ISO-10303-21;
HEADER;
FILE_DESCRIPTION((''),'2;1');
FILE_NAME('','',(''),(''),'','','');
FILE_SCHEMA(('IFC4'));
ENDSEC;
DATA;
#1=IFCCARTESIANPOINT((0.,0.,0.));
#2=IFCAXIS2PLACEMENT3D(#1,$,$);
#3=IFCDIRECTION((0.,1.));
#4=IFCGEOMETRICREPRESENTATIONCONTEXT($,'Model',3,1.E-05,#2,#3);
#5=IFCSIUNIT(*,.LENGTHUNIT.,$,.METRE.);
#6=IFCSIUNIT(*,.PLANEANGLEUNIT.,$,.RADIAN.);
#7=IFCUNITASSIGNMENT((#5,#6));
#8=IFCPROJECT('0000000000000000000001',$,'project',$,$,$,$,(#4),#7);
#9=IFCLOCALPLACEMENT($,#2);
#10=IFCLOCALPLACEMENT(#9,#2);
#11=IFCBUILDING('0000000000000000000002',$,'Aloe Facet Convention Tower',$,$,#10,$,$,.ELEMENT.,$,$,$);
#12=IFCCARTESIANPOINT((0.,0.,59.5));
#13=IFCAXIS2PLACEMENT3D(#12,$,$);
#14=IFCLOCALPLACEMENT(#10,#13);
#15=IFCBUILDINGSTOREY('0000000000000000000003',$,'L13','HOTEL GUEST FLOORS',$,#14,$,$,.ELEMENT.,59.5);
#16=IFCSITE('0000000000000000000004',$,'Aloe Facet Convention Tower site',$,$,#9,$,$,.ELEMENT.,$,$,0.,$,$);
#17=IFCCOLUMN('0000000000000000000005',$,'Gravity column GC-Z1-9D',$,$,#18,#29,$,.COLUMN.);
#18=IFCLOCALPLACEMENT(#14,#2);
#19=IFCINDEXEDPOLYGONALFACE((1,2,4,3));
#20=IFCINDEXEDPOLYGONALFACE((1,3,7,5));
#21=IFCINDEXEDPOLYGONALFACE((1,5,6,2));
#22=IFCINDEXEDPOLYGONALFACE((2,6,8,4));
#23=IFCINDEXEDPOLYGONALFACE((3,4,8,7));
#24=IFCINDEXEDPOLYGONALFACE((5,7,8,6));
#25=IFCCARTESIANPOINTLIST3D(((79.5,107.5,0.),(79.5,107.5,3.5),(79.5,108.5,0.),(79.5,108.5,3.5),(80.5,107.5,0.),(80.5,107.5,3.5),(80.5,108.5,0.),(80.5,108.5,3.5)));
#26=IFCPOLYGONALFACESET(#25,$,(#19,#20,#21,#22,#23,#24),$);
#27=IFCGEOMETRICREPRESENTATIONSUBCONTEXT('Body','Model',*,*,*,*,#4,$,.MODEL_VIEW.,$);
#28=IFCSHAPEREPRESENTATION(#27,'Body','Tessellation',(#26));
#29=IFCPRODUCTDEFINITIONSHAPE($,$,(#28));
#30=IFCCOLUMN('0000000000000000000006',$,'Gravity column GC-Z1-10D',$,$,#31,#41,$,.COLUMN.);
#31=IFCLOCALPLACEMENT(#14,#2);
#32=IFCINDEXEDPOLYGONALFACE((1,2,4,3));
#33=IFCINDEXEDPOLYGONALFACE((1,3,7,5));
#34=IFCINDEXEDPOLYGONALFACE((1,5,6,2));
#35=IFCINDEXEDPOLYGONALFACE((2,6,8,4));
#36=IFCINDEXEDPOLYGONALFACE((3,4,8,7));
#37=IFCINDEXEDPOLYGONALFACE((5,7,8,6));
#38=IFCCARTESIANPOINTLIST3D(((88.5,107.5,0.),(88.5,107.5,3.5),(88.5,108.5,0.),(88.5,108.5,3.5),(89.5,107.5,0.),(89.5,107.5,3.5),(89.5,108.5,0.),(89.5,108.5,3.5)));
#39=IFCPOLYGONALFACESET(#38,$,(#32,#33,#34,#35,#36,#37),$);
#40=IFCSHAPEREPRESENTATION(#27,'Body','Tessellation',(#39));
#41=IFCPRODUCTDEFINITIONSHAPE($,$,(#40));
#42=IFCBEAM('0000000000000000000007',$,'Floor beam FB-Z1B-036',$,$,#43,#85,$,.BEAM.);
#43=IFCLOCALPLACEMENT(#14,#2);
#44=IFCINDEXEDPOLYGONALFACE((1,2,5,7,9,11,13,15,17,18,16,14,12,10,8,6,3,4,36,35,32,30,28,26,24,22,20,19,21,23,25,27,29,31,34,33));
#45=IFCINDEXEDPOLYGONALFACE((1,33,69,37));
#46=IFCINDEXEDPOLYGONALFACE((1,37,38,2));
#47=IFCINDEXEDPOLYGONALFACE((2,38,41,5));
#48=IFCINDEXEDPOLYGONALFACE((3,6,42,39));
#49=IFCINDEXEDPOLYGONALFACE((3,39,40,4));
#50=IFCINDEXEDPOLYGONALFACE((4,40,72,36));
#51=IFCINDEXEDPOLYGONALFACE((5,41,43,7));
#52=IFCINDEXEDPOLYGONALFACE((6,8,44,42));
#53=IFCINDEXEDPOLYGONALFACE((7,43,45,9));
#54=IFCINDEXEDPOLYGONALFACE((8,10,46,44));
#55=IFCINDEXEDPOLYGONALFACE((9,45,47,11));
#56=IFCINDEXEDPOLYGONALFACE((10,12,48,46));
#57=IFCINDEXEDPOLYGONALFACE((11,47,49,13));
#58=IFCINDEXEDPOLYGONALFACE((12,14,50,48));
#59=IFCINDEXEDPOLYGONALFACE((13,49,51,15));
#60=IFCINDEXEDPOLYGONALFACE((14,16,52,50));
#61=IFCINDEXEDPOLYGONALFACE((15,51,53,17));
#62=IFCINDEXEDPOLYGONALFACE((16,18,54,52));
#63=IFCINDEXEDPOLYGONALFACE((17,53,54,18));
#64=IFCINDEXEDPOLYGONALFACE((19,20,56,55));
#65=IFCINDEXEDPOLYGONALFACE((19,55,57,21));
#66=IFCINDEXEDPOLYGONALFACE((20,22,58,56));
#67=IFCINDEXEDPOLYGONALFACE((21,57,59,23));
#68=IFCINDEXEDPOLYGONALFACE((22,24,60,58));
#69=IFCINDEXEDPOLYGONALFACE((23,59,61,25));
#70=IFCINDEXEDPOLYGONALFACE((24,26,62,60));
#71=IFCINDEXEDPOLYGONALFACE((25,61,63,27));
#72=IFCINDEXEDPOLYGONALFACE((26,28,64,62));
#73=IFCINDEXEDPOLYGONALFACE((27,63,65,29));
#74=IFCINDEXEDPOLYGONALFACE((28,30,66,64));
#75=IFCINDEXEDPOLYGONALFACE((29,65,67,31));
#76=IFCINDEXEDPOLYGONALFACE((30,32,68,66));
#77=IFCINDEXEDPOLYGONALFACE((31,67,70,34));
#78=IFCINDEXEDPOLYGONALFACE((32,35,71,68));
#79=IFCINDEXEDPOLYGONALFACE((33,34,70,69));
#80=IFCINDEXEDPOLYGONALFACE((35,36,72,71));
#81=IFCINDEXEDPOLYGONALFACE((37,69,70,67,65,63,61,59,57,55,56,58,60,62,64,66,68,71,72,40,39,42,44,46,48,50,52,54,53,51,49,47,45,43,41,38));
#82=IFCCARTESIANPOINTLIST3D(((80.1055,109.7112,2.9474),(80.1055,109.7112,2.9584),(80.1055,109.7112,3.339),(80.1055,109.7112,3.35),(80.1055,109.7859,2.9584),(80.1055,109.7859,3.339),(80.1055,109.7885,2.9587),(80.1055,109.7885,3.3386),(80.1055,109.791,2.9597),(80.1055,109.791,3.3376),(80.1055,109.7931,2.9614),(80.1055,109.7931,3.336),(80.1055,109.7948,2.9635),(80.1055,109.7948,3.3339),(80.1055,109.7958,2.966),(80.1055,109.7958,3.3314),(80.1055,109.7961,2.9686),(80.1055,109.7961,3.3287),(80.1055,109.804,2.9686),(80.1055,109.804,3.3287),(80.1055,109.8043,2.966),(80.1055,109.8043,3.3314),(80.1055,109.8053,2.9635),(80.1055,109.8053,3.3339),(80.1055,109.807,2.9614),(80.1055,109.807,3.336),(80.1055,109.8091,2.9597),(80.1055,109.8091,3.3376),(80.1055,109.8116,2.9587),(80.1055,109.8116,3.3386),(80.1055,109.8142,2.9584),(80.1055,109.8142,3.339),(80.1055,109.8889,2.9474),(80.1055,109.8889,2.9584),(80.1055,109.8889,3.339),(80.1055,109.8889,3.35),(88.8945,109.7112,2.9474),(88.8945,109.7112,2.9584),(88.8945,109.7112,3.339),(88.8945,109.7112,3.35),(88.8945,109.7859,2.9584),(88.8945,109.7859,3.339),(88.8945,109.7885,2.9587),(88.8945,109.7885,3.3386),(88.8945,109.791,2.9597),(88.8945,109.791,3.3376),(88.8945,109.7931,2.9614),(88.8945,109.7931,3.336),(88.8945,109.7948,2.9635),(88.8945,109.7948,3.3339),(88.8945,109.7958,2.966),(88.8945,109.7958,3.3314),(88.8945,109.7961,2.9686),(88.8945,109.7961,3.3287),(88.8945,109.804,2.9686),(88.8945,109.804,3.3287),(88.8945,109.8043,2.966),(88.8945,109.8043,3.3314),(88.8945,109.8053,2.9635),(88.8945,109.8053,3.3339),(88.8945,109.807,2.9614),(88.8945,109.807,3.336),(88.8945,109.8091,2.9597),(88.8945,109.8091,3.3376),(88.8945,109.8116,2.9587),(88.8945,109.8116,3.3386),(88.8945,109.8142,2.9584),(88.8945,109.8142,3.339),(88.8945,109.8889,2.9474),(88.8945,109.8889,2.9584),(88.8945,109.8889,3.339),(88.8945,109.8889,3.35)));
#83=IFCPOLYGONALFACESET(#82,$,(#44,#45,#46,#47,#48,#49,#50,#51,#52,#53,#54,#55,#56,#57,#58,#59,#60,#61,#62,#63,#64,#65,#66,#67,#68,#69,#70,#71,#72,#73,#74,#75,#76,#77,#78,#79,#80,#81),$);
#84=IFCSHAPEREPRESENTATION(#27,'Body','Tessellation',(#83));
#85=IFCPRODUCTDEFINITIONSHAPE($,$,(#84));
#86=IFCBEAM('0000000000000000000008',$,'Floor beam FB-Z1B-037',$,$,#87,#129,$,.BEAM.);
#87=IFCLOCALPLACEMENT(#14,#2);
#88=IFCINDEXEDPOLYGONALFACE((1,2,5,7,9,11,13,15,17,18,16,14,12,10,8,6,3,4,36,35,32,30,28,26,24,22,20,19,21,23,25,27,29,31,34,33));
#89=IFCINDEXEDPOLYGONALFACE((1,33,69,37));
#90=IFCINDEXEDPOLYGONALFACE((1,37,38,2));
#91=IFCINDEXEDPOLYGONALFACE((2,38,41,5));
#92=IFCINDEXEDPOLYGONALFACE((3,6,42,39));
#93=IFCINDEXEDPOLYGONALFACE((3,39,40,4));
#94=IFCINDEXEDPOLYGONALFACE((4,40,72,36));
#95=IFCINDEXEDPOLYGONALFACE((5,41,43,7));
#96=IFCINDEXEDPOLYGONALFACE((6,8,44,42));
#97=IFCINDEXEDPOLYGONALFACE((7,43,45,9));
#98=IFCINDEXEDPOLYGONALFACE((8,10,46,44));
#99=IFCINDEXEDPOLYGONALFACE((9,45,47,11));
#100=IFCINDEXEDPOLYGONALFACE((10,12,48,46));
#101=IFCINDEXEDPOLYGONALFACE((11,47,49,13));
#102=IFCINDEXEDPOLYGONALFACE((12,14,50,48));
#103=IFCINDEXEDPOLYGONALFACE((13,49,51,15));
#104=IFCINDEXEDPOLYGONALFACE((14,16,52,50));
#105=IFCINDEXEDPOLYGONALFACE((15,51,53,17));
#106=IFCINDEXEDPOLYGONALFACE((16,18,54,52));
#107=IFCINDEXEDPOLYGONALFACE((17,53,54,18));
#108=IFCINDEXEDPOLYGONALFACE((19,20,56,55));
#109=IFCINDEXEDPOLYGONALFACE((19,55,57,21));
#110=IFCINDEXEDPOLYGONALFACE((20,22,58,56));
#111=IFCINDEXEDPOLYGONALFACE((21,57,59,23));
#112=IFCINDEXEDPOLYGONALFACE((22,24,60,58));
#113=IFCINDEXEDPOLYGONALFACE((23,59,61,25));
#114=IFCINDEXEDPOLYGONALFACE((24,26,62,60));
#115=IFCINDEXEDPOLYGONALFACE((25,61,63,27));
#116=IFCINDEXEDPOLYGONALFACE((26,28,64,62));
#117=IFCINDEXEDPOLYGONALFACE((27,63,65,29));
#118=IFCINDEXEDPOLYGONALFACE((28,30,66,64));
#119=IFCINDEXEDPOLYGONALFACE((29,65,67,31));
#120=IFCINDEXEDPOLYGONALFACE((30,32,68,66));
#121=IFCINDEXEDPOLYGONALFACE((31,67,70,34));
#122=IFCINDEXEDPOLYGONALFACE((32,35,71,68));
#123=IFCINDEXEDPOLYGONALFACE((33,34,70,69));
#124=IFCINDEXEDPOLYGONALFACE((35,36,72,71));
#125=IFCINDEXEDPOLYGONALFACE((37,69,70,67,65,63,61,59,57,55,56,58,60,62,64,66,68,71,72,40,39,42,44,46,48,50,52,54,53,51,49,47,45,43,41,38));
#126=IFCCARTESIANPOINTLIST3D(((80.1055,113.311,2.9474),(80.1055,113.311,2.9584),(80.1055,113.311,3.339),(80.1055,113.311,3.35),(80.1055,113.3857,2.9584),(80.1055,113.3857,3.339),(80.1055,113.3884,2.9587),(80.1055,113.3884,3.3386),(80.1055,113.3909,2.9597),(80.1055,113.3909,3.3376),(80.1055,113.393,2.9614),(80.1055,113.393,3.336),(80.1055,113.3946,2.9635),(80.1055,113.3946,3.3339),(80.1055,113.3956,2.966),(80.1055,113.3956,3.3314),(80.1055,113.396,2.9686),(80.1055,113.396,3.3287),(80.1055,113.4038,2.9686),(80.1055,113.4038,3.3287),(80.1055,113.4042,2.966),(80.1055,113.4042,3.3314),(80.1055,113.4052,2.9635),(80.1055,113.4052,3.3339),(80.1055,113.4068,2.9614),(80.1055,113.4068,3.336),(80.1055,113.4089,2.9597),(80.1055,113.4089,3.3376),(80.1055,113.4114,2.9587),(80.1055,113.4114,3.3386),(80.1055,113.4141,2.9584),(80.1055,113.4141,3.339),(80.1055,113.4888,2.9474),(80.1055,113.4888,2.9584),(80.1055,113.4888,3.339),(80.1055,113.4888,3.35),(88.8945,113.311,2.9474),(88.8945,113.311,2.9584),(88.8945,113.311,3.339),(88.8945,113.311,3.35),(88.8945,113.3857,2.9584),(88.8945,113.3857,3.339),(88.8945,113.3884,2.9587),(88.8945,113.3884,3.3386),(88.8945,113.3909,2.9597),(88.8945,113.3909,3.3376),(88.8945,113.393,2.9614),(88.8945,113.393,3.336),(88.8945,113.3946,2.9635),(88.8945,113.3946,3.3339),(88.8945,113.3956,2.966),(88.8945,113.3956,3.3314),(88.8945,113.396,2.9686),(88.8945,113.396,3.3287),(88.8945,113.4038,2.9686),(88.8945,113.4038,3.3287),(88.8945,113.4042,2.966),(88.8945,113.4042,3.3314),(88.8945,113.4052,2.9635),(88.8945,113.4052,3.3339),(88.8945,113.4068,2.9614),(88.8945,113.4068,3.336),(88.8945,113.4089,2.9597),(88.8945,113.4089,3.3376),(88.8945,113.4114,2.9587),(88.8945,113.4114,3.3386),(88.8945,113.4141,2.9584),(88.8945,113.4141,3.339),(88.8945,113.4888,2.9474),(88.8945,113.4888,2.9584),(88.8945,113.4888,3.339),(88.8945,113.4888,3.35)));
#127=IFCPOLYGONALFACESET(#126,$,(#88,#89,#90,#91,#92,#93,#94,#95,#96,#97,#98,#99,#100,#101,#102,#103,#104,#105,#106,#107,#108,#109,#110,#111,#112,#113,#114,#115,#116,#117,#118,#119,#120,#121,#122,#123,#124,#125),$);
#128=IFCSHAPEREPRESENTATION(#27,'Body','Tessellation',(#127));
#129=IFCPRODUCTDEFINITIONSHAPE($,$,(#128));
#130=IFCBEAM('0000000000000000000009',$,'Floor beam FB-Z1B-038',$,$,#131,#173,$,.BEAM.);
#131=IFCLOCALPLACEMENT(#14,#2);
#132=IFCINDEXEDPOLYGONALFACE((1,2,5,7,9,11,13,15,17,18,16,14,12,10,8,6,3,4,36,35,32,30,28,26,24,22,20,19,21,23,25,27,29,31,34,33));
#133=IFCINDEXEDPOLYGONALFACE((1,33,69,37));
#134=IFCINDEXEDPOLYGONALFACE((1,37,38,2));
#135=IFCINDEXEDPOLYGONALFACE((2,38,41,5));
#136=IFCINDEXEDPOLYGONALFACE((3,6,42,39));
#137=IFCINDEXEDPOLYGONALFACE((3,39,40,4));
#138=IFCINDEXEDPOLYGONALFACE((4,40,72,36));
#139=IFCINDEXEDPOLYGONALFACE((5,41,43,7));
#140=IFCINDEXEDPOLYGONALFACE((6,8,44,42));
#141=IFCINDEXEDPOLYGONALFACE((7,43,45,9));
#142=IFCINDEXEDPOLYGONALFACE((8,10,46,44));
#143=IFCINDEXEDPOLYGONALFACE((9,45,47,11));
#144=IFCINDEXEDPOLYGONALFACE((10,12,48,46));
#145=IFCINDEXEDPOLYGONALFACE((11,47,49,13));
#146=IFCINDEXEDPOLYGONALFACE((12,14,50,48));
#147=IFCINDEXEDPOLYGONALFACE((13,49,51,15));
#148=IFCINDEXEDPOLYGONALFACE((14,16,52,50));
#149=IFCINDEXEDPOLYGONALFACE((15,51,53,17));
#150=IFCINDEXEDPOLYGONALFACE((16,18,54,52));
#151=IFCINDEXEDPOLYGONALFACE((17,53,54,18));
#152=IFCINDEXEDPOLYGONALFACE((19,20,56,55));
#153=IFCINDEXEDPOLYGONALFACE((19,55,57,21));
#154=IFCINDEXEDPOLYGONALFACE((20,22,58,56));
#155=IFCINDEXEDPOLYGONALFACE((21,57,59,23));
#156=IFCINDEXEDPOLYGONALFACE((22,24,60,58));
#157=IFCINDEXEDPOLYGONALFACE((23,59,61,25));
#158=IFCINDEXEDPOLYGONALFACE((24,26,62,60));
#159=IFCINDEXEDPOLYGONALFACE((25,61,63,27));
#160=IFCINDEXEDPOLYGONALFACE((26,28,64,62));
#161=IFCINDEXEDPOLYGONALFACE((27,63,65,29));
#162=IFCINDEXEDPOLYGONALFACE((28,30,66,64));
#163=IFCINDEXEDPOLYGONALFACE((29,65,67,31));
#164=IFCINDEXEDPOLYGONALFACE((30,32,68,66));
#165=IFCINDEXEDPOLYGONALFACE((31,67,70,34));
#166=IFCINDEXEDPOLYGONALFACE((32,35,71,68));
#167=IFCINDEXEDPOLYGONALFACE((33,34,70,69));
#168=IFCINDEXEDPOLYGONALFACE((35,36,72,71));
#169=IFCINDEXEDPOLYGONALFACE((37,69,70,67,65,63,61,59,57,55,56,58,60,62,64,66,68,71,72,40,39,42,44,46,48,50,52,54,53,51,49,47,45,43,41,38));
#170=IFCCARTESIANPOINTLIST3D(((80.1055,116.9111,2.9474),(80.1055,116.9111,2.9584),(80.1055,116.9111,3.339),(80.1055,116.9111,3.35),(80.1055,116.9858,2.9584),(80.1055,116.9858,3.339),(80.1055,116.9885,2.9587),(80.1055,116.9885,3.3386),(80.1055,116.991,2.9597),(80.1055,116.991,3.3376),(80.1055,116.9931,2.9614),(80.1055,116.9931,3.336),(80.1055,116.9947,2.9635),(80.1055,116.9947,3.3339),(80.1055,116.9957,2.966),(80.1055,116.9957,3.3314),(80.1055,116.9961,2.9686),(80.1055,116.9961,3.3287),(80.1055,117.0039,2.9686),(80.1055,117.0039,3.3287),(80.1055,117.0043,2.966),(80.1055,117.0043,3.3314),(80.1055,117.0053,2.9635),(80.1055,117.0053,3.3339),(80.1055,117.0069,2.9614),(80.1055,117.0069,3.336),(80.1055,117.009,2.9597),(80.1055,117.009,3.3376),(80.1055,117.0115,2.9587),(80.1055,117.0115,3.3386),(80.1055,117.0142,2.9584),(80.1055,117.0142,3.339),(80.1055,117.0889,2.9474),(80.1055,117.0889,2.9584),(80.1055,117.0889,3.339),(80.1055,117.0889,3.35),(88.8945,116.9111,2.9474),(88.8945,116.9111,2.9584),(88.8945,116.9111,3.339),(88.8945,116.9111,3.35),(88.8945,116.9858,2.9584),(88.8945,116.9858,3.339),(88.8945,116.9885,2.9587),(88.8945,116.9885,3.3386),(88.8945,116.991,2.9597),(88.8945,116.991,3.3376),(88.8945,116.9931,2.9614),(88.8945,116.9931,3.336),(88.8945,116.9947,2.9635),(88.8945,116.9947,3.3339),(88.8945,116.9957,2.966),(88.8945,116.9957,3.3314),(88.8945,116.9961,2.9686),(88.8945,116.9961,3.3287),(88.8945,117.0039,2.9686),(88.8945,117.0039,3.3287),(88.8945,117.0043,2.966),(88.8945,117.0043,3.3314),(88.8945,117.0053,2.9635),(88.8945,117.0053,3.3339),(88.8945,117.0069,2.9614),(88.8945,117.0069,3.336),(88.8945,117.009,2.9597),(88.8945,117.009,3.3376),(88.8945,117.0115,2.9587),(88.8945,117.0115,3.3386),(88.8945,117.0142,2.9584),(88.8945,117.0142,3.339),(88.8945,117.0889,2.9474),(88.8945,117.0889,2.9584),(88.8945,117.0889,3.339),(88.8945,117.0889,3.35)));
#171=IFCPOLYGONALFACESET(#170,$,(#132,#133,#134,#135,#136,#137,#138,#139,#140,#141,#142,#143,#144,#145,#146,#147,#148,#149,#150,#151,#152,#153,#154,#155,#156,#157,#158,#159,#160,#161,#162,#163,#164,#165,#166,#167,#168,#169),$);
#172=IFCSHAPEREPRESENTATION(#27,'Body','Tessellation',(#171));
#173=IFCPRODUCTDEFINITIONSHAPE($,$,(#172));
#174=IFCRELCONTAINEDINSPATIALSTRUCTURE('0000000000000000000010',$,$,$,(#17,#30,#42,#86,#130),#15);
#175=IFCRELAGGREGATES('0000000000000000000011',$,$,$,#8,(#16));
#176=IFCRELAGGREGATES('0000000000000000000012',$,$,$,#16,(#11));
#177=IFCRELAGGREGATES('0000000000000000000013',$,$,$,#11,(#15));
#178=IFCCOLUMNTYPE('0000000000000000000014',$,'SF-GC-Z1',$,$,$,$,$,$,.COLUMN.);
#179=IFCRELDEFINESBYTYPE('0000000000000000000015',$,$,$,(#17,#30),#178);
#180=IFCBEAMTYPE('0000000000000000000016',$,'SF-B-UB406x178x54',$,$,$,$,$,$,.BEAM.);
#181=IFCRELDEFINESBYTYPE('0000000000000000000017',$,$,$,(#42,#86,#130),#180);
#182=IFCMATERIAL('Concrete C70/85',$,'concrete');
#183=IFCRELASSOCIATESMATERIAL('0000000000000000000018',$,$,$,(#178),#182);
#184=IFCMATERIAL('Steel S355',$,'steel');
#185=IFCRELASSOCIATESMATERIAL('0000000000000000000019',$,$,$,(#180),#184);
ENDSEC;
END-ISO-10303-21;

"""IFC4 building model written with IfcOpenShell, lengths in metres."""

from ifc_helpers import new_model, si_unit, direction, frame, origin, origin_2d, place, context, subcontext, project, spatial, rectangle, i_section, extrude, material, material_profile, profile_set, type_object, element, save


model = new_model("IFC4")

# Units and contexts
model_context = context("Model", 3, precision=1e-05, world=origin(), true_north=direction((0.0, 1.0)))
body_context = subcontext(model_context, "Body", "Model", "MODEL_VIEW")
ifc_project = project(units=[si_unit("LENGTHUNIT", "METRE"), si_unit("PLANEANGLEUNIT", "RADIAN")], contexts=[model_context])

# Site, building, storey
site_placement = place(None, origin())
site = spatial("IfcSite", under=ifc_project, at=site_placement, Name="Aloe Facet Convention Tower site", CompositionType="ELEMENT", RefElevation=0.0)
building_placement = place(site_placement, origin())
building = spatial("IfcBuilding", under=site, at=building_placement, Name="Aloe Facet Convention Tower", CompositionType="ELEMENT")
storey_placement = place(building_placement, frame((0.0, 0.0, 59.5)))
storey = spatial("IfcBuildingStorey", under=building, at=storey_placement, Name="L13", Description="HOTEL GUEST FLOORS", CompositionType="ELEMENT", Elevation=59.5)

# Columns
ifc_material_1 = material(Name="Concrete C70/85", Category="concrete")
ifc_material_profile_1 = material_profile(ifc_material_1, rectangle(XDim=1.0, YDim=1.0, at=origin_2d()), Name="SF-GC-Z1")
ifc_profile_set_1 = profile_set([ifc_material_profile_1], Name="Concrete C70/85")
column_type = type_object("IfcColumnType", Name="SF-GC-Z1", PredefinedType="COLUMN", material=ifc_profile_set_1)
for number, where, z_axis, x_axis, name in (
    (1, (80.0, 108.0, 0.0), (0.0, 0.0, 1.0), (1.0, 0.0, 0.0), "Gravity column GC-Z1-9D"),
    (2, (89.0, 108.0, 0.0), (0.0, 0.0, 1.0), (1.0, 0.0, 0.0), "Gravity column GC-Z1-10D"),
):
    element("IfcColumn", number, at=place(storey_placement, frame(where, z_axis=z_axis, x_axis=x_axis)), inside=storey, type_object=column_type, Name=name, PredefinedType="COLUMN", context=body_context, shape_type="SweptSolid", body=[
        extrude(rectangle(XDim=1.0, YDim=1.0, at=origin_2d()), origin(), (0.0, 0.0, 1.0), 3.5),
    ])

# Beams
ifc_material_2 = material(Name="Steel S355", Category="steel")
ifc_material_profile_2 = material_profile(ifc_material_2, i_section(OverallWidth=0.1777, OverallDepth=0.4026, WebThickness=0.0078, FlangeThickness=0.011, FilletRadius=0.0103, at=origin_2d()), Name="UB 406x178x54")
ifc_profile_set_2 = profile_set([ifc_material_profile_2], Name="Steel S355")
beam_type_1 = type_object("IfcBeamType", Name="SF-B-UB406x178x54", PredefinedType="BEAM", material=ifc_profile_set_2)
for number, where, z_axis, x_axis, name in (
    (3, (80.1055, 109.8, 3.1487), (1.0, 0.0, 0.0), (0.0, 1.0, 0.0), "Floor beam FB-Z1B-036"),
    (4, (80.1055, 113.3999, 3.1487), (1.0, 0.0, 0.0), (0.0, 1.0, 0.0), "Floor beam FB-Z1B-037"),
    (5, (80.1055, 117.0, 3.1487), (1.0, 0.0, 0.0), (0.0, 1.0, 0.0), "Floor beam FB-Z1B-038"),
):
    element("IfcBeam", number, at=place(storey_placement, frame(where, z_axis=z_axis, x_axis=x_axis)), inside=storey, type_object=beam_type_1, Name=name, PredefinedType="BEAM", context=body_context, shape_type="SweptSolid", body=[
        extrude(i_section(OverallWidth=0.1777, OverallDepth=0.4026, WebThickness=0.0078, FlangeThickness=0.011, FilletRadius=0.0103, at=origin_2d()), origin(), (0.0, 0.0, 1.0), 8.7891),
    ])

save(model, "model.ifc")
